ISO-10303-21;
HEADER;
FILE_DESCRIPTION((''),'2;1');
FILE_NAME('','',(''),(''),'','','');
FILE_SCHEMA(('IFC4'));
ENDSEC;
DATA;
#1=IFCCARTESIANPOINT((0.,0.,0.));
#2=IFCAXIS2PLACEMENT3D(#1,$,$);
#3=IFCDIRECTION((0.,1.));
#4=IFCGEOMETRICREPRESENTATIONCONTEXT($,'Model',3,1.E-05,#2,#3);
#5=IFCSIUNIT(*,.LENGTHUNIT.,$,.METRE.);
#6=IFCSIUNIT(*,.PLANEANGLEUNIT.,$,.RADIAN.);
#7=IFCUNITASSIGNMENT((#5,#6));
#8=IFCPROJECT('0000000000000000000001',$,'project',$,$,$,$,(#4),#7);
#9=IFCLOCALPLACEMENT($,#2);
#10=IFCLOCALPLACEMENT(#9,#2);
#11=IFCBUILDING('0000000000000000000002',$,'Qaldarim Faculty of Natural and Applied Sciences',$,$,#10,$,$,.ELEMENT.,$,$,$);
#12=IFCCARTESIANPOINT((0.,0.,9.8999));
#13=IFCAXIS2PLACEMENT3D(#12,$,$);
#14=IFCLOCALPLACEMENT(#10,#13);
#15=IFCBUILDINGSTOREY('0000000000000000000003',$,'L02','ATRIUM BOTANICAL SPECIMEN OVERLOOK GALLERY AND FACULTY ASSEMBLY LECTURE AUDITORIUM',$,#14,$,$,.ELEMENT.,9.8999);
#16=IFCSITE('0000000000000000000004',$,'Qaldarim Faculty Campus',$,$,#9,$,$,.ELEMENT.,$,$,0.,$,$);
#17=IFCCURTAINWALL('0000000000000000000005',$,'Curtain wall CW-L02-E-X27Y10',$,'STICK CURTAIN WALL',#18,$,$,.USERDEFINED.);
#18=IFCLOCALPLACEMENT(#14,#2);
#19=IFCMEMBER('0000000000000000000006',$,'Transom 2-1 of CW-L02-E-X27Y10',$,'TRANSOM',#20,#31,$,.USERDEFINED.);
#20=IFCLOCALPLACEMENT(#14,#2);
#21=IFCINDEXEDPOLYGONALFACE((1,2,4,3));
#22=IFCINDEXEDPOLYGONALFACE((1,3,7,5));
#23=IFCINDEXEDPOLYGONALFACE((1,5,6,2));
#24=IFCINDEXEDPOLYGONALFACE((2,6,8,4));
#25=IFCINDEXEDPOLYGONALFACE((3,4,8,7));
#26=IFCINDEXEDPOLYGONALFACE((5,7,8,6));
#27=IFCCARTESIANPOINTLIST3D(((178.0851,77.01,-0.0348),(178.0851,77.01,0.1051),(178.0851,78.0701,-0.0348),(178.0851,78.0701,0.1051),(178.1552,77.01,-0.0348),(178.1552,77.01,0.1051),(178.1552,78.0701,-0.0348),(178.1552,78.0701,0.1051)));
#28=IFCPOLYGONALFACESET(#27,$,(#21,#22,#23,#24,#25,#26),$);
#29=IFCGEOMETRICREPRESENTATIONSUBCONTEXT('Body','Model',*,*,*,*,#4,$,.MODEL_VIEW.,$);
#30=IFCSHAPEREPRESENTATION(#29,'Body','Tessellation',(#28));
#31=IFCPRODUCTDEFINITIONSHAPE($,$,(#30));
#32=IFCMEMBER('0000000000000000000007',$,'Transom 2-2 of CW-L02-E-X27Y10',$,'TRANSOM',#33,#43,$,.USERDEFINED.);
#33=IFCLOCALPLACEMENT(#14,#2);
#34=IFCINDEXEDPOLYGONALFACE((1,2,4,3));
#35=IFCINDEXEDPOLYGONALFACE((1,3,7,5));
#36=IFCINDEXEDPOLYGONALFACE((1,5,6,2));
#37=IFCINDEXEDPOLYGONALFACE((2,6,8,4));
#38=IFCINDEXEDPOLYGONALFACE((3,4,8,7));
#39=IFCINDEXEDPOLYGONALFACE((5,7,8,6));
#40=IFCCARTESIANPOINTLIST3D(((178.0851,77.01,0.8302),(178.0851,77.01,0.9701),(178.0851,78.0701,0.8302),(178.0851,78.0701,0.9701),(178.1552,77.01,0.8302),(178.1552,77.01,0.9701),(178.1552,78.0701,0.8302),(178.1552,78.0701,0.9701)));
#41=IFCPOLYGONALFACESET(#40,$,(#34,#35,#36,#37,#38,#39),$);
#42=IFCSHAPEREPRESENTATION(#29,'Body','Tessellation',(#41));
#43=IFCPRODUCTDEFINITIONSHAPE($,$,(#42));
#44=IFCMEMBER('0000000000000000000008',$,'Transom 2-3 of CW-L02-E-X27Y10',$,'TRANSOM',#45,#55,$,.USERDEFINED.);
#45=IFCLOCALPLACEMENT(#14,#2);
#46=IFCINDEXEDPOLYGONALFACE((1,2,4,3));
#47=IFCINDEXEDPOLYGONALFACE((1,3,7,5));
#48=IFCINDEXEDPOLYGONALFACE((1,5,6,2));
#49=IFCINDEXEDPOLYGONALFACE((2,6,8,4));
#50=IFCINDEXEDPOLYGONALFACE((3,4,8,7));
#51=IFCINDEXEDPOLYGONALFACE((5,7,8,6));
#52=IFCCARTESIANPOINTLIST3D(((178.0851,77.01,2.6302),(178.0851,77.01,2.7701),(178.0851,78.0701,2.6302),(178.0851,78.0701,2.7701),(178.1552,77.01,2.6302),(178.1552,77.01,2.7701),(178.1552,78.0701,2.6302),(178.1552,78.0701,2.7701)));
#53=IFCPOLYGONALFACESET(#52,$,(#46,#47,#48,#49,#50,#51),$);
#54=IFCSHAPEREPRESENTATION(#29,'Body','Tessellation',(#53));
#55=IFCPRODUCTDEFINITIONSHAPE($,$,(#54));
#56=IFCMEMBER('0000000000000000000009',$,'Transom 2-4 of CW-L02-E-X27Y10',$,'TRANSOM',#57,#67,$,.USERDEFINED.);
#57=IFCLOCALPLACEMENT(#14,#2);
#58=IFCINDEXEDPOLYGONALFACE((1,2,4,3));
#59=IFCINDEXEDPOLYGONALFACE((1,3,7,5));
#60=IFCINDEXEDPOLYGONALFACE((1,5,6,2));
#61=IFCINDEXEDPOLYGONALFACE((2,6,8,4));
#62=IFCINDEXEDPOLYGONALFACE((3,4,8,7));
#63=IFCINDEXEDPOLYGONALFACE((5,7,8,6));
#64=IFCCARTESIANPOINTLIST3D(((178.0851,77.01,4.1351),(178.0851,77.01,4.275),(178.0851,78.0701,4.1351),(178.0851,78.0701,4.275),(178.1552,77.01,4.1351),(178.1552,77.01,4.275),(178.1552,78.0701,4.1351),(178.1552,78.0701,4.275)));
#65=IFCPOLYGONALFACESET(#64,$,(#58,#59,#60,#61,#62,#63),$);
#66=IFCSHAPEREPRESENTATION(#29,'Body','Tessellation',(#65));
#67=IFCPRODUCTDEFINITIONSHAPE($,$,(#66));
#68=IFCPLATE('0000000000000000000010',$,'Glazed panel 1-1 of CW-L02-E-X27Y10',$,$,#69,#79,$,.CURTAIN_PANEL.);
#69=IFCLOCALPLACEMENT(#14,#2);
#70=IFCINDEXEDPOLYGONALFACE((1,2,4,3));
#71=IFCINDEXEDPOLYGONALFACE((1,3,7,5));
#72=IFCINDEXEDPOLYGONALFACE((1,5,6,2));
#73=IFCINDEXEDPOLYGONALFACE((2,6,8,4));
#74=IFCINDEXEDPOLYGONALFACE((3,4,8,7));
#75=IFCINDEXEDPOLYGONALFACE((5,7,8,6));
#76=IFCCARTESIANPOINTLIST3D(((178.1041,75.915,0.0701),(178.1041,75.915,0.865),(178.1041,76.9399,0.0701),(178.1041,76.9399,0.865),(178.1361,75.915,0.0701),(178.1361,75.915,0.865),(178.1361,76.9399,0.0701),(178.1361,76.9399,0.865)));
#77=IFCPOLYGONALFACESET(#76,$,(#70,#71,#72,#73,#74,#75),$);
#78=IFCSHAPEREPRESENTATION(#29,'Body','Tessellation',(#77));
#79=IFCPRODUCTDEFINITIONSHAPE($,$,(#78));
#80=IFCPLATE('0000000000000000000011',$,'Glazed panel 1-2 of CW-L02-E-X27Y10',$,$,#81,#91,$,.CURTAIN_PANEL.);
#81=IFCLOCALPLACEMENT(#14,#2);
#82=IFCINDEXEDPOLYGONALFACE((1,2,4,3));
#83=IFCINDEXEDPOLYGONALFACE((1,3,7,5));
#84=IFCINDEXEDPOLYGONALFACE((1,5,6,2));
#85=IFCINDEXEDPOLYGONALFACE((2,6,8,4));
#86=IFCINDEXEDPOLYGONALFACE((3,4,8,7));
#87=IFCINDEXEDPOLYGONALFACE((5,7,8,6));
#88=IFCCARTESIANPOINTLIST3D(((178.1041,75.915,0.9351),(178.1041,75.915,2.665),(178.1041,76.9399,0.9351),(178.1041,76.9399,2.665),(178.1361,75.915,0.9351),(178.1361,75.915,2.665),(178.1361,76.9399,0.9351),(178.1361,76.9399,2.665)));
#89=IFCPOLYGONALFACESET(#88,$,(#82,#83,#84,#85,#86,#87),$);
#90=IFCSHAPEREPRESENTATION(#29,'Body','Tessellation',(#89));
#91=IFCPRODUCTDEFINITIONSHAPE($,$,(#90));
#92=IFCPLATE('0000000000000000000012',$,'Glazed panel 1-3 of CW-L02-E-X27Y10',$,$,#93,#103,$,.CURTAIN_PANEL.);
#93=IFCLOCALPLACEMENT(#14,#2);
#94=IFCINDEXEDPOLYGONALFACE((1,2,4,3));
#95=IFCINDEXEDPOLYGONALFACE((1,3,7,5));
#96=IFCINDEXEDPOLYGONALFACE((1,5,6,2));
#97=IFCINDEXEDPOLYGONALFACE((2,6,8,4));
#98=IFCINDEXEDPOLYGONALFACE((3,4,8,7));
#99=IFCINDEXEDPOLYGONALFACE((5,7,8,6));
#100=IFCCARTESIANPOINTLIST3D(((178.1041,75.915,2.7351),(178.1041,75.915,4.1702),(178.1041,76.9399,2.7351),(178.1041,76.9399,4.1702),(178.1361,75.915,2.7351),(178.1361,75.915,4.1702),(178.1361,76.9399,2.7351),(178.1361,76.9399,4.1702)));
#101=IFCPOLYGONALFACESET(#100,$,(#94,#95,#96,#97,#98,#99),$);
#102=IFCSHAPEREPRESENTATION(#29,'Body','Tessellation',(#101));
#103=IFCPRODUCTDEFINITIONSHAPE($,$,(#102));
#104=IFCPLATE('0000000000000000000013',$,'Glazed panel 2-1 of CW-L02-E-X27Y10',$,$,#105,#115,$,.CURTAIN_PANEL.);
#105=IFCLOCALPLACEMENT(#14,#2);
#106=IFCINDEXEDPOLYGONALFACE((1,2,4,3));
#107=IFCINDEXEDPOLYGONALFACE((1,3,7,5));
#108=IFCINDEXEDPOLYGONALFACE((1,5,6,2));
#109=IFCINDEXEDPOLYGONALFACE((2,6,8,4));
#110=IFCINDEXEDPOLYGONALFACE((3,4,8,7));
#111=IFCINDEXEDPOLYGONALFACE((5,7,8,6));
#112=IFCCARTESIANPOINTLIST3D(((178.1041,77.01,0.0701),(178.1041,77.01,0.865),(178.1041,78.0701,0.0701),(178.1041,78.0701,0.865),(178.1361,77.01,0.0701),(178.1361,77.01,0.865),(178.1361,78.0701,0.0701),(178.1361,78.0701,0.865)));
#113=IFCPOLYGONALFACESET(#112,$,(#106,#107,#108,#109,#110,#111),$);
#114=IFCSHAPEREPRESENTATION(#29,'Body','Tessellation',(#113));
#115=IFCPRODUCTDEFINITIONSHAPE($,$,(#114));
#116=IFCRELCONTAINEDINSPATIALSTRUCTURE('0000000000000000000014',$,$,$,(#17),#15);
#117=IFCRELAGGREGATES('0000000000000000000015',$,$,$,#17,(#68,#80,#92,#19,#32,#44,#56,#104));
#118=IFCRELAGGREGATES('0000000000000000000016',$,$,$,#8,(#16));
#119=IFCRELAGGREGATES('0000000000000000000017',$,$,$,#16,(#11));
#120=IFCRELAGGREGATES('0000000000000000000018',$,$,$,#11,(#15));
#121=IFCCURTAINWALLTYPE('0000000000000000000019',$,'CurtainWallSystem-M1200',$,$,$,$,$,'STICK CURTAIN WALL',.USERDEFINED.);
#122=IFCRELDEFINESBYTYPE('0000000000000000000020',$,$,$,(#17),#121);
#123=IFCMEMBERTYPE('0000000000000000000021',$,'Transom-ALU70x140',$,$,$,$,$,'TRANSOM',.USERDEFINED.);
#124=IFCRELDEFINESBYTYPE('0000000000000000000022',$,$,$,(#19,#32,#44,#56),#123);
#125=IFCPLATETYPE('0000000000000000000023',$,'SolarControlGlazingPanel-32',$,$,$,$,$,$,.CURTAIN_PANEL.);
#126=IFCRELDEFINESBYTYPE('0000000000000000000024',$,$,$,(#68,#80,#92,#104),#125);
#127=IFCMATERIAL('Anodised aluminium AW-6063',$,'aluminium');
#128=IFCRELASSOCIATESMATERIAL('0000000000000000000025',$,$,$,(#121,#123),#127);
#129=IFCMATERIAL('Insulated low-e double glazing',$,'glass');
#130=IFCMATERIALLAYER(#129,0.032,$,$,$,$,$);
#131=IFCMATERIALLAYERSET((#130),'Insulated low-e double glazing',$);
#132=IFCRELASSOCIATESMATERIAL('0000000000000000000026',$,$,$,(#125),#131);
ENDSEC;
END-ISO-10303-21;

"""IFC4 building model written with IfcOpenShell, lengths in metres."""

from ifc_helpers import new_model, si_unit, direction, frame, origin, origin_2d, place, context, subcontext, project, spatial, rectangle, extrude, material, layer, layer_set, material_profile, profile_set, type_object, element, aggregate, save


model = new_model("IFC4")

# Units and contexts
model_context = context("Model", 3, precision=1e-05, world=origin(), true_north=direction((0.0, 1.0)))
body_context = subcontext(model_context, "Body", "Model", "MODEL_VIEW")
ifc_project = project(units=[si_unit("LENGTHUNIT", "METRE"), si_unit("PLANEANGLEUNIT", "RADIAN")], contexts=[model_context])

# Site, building, storey
site_placement = place(None, origin())
site = spatial("IfcSite", under=ifc_project, at=site_placement, Name="Qaldarim Faculty Campus", CompositionType="ELEMENT", RefElevation=0.0)
building_placement = place(site_placement, origin())
building = spatial("IfcBuilding", under=site, at=building_placement, Name="Qaldarim Faculty of Natural and Applied Sciences", CompositionType="ELEMENT")
storey_placement = place(building_placement, frame((0.0, 0.0, 9.8999)))
storey = spatial("IfcBuildingStorey", under=building, at=storey_placement, Name="L02", Description="ATRIUM BOTANICAL SPECIMEN OVERLOOK GALLERY AND FACULTY ASSEMBLY LECTURE AUDITORIUM", CompositionType="ELEMENT", Elevation=9.8999)

# Curtain wall
ifc_material_1 = material(Name="Anodised aluminium AW-6063", Category="aluminium")
curtain_wall_type = type_object("IfcCurtainWallType", Name="CurtainWallSystem-M1200", ElementType="STICK CURTAIN WALL", PredefinedType="USERDEFINED", material=ifc_material_1)
curtain_wall_placement = place(storey_placement, origin())
curtain_wall = element("IfcCurtainWall", 1, at=curtain_wall_placement, inside=storey, type_object=curtain_wall_type, Name="Curtain wall CW-L02-E-X27Y10", ObjectType="STICK CURTAIN WALL", PredefinedType="USERDEFINED")

# Members
ifc_material_profile_1 = material_profile(ifc_material_1, rectangle(XDim=0.0701, YDim=0.1399, at=origin_2d()), Name="ALU-T70x140")
ifc_profile_set_1 = profile_set([ifc_material_profile_1], Name="Anodised aluminium AW-6063")
member_type_1 = type_object("IfcMemberType", Name="Transom-ALU70x140", ElementType="TRANSOM", PredefinedType="USERDEFINED", material=ifc_profile_set_1)
member_1_placement = place(storey_placement, frame((178.1201, 77.01, 0.0352), z_axis=(0.0, 1.0, 0.0), x_axis=(-1.0, 0.0, 0.0)))
member_1 = element("IfcMember", 2, at=member_1_placement, type_object=member_type_1, Name="Transom 2-1 of CW-L02-E-X27Y10", ObjectType="TRANSOM", PredefinedType="USERDEFINED", context=body_context, shape_type="SweptSolid", body=[
    extrude(rectangle(XDim=0.0701, YDim=0.1399, at=origin_2d()), origin(), (0.0, 0.0, 1.0), 1.0601),
])
member_2_placement = place(storey_placement, frame((178.1201, 77.01, 0.9001), z_axis=(0.0, 1.0, 0.0), x_axis=(-1.0, 0.0, 0.0)))
member_2 = element("IfcMember", 3, at=member_2_placement, type_object=member_type_1, Name="Transom 2-2 of CW-L02-E-X27Y10", ObjectType="TRANSOM", PredefinedType="USERDEFINED", context=body_context, shape_type="SweptSolid", body=[
    extrude(rectangle(XDim=0.0701, YDim=0.1399, at=origin_2d()), origin(), (0.0, 0.0, 1.0), 1.0601),
])
member_3_placement = place(storey_placement, frame((178.1201, 77.01, 2.7002), z_axis=(0.0, 1.0, 0.0), x_axis=(-1.0, 0.0, 0.0)))
member_3 = element("IfcMember", 4, at=member_3_placement, type_object=member_type_1, Name="Transom 2-3 of CW-L02-E-X27Y10", ObjectType="TRANSOM", PredefinedType="USERDEFINED", context=body_context, shape_type="SweptSolid", body=[
    extrude(rectangle(XDim=0.0701, YDim=0.1399, at=origin_2d()), origin(), (0.0, 0.0, 1.0), 1.0601),
])
member_4_placement = place(storey_placement, frame((178.1201, 77.01, 4.2051), z_axis=(0.0, 1.0, 0.0), x_axis=(-1.0, 0.0, 0.0)))
member_4 = element("IfcMember", 5, at=member_4_placement, type_object=member_type_1, Name="Transom 2-4 of CW-L02-E-X27Y10", ObjectType="TRANSOM", PredefinedType="USERDEFINED", context=body_context, shape_type="SweptSolid", body=[
    extrude(rectangle(XDim=0.0701, YDim=0.1399, at=origin_2d()), origin(), (0.0, 0.0, 1.0), 1.0601),
])

# Plates
ifc_material_2 = material(Name="Insulated low-e double glazing", Category="glass")
ifc_layer = layer(ifc_material_2, 0.032)
ifc_layer_set = layer_set([ifc_layer], Name="Insulated low-e double glazing")
plate_type = type_object("IfcPlateType", Name="SolarControlGlazingPanel-32", PredefinedType="CURTAIN_PANEL", material=ifc_layer_set)
plate_1_placement = place(storey_placement, frame((178.1201, 76.4275, 0.0701), z_axis=(0.0, 0.0, 1.0), x_axis=(0.0, 1.0, 0.0)))
plate_1 = element("IfcPlate", 6, at=plate_1_placement, type_object=plate_type, Name="Glazed panel 1-1 of CW-L02-E-X27Y10", PredefinedType="CURTAIN_PANEL", context=body_context, shape_type="SweptSolid", body=[
    extrude(rectangle(XDim=1.0249, YDim=0.032, at=origin_2d()), origin(), (0.0, 0.0, 1.0), 0.7949),
])
plate_2_placement = place(storey_placement, frame((178.1201, 76.4275, 0.9351), z_axis=(0.0, 0.0, 1.0), x_axis=(0.0, 1.0, 0.0)))
plate_2 = element("IfcPlate", 7, at=plate_2_placement, type_object=plate_type, Name="Glazed panel 1-2 of CW-L02-E-X27Y10", PredefinedType="CURTAIN_PANEL", context=body_context, shape_type="SweptSolid", body=[
    extrude(rectangle(XDim=1.0249, YDim=0.032, at=origin_2d()), origin(), (0.0, 0.0, 1.0), 1.73),
])
plate_3_placement = place(storey_placement, frame((178.1201, 76.4275, 2.7351), z_axis=(0.0, 0.0, 1.0), x_axis=(0.0, 1.0, 0.0)))
plate_3 = element("IfcPlate", 8, at=plate_3_placement, type_object=plate_type, Name="Glazed panel 1-3 of CW-L02-E-X27Y10", PredefinedType="CURTAIN_PANEL", context=body_context, shape_type="SweptSolid", body=[
    extrude(rectangle(XDim=1.0249, YDim=0.032, at=origin_2d()), origin(), (0.0, 0.0, 1.0), 1.4351),
])
plate_4_placement = place(storey_placement, frame((178.1201, 77.54, 0.0701), z_axis=(0.0, 0.0, 1.0), x_axis=(0.0, 1.0, 0.0)))
plate_4 = element("IfcPlate", 9, at=plate_4_placement, type_object=plate_type, Name="Glazed panel 2-1 of CW-L02-E-X27Y10", PredefinedType="CURTAIN_PANEL", context=body_context, shape_type="SweptSolid", body=[
    extrude(rectangle(XDim=1.0601, YDim=0.032, at=origin_2d()), origin(), (0.0, 0.0, 1.0), 0.7949),
])
aggregate(curtain_wall, [plate_1, plate_2, plate_3, member_1, member_2, member_3, member_4, plate_4])

save(model, "model.ifc")
